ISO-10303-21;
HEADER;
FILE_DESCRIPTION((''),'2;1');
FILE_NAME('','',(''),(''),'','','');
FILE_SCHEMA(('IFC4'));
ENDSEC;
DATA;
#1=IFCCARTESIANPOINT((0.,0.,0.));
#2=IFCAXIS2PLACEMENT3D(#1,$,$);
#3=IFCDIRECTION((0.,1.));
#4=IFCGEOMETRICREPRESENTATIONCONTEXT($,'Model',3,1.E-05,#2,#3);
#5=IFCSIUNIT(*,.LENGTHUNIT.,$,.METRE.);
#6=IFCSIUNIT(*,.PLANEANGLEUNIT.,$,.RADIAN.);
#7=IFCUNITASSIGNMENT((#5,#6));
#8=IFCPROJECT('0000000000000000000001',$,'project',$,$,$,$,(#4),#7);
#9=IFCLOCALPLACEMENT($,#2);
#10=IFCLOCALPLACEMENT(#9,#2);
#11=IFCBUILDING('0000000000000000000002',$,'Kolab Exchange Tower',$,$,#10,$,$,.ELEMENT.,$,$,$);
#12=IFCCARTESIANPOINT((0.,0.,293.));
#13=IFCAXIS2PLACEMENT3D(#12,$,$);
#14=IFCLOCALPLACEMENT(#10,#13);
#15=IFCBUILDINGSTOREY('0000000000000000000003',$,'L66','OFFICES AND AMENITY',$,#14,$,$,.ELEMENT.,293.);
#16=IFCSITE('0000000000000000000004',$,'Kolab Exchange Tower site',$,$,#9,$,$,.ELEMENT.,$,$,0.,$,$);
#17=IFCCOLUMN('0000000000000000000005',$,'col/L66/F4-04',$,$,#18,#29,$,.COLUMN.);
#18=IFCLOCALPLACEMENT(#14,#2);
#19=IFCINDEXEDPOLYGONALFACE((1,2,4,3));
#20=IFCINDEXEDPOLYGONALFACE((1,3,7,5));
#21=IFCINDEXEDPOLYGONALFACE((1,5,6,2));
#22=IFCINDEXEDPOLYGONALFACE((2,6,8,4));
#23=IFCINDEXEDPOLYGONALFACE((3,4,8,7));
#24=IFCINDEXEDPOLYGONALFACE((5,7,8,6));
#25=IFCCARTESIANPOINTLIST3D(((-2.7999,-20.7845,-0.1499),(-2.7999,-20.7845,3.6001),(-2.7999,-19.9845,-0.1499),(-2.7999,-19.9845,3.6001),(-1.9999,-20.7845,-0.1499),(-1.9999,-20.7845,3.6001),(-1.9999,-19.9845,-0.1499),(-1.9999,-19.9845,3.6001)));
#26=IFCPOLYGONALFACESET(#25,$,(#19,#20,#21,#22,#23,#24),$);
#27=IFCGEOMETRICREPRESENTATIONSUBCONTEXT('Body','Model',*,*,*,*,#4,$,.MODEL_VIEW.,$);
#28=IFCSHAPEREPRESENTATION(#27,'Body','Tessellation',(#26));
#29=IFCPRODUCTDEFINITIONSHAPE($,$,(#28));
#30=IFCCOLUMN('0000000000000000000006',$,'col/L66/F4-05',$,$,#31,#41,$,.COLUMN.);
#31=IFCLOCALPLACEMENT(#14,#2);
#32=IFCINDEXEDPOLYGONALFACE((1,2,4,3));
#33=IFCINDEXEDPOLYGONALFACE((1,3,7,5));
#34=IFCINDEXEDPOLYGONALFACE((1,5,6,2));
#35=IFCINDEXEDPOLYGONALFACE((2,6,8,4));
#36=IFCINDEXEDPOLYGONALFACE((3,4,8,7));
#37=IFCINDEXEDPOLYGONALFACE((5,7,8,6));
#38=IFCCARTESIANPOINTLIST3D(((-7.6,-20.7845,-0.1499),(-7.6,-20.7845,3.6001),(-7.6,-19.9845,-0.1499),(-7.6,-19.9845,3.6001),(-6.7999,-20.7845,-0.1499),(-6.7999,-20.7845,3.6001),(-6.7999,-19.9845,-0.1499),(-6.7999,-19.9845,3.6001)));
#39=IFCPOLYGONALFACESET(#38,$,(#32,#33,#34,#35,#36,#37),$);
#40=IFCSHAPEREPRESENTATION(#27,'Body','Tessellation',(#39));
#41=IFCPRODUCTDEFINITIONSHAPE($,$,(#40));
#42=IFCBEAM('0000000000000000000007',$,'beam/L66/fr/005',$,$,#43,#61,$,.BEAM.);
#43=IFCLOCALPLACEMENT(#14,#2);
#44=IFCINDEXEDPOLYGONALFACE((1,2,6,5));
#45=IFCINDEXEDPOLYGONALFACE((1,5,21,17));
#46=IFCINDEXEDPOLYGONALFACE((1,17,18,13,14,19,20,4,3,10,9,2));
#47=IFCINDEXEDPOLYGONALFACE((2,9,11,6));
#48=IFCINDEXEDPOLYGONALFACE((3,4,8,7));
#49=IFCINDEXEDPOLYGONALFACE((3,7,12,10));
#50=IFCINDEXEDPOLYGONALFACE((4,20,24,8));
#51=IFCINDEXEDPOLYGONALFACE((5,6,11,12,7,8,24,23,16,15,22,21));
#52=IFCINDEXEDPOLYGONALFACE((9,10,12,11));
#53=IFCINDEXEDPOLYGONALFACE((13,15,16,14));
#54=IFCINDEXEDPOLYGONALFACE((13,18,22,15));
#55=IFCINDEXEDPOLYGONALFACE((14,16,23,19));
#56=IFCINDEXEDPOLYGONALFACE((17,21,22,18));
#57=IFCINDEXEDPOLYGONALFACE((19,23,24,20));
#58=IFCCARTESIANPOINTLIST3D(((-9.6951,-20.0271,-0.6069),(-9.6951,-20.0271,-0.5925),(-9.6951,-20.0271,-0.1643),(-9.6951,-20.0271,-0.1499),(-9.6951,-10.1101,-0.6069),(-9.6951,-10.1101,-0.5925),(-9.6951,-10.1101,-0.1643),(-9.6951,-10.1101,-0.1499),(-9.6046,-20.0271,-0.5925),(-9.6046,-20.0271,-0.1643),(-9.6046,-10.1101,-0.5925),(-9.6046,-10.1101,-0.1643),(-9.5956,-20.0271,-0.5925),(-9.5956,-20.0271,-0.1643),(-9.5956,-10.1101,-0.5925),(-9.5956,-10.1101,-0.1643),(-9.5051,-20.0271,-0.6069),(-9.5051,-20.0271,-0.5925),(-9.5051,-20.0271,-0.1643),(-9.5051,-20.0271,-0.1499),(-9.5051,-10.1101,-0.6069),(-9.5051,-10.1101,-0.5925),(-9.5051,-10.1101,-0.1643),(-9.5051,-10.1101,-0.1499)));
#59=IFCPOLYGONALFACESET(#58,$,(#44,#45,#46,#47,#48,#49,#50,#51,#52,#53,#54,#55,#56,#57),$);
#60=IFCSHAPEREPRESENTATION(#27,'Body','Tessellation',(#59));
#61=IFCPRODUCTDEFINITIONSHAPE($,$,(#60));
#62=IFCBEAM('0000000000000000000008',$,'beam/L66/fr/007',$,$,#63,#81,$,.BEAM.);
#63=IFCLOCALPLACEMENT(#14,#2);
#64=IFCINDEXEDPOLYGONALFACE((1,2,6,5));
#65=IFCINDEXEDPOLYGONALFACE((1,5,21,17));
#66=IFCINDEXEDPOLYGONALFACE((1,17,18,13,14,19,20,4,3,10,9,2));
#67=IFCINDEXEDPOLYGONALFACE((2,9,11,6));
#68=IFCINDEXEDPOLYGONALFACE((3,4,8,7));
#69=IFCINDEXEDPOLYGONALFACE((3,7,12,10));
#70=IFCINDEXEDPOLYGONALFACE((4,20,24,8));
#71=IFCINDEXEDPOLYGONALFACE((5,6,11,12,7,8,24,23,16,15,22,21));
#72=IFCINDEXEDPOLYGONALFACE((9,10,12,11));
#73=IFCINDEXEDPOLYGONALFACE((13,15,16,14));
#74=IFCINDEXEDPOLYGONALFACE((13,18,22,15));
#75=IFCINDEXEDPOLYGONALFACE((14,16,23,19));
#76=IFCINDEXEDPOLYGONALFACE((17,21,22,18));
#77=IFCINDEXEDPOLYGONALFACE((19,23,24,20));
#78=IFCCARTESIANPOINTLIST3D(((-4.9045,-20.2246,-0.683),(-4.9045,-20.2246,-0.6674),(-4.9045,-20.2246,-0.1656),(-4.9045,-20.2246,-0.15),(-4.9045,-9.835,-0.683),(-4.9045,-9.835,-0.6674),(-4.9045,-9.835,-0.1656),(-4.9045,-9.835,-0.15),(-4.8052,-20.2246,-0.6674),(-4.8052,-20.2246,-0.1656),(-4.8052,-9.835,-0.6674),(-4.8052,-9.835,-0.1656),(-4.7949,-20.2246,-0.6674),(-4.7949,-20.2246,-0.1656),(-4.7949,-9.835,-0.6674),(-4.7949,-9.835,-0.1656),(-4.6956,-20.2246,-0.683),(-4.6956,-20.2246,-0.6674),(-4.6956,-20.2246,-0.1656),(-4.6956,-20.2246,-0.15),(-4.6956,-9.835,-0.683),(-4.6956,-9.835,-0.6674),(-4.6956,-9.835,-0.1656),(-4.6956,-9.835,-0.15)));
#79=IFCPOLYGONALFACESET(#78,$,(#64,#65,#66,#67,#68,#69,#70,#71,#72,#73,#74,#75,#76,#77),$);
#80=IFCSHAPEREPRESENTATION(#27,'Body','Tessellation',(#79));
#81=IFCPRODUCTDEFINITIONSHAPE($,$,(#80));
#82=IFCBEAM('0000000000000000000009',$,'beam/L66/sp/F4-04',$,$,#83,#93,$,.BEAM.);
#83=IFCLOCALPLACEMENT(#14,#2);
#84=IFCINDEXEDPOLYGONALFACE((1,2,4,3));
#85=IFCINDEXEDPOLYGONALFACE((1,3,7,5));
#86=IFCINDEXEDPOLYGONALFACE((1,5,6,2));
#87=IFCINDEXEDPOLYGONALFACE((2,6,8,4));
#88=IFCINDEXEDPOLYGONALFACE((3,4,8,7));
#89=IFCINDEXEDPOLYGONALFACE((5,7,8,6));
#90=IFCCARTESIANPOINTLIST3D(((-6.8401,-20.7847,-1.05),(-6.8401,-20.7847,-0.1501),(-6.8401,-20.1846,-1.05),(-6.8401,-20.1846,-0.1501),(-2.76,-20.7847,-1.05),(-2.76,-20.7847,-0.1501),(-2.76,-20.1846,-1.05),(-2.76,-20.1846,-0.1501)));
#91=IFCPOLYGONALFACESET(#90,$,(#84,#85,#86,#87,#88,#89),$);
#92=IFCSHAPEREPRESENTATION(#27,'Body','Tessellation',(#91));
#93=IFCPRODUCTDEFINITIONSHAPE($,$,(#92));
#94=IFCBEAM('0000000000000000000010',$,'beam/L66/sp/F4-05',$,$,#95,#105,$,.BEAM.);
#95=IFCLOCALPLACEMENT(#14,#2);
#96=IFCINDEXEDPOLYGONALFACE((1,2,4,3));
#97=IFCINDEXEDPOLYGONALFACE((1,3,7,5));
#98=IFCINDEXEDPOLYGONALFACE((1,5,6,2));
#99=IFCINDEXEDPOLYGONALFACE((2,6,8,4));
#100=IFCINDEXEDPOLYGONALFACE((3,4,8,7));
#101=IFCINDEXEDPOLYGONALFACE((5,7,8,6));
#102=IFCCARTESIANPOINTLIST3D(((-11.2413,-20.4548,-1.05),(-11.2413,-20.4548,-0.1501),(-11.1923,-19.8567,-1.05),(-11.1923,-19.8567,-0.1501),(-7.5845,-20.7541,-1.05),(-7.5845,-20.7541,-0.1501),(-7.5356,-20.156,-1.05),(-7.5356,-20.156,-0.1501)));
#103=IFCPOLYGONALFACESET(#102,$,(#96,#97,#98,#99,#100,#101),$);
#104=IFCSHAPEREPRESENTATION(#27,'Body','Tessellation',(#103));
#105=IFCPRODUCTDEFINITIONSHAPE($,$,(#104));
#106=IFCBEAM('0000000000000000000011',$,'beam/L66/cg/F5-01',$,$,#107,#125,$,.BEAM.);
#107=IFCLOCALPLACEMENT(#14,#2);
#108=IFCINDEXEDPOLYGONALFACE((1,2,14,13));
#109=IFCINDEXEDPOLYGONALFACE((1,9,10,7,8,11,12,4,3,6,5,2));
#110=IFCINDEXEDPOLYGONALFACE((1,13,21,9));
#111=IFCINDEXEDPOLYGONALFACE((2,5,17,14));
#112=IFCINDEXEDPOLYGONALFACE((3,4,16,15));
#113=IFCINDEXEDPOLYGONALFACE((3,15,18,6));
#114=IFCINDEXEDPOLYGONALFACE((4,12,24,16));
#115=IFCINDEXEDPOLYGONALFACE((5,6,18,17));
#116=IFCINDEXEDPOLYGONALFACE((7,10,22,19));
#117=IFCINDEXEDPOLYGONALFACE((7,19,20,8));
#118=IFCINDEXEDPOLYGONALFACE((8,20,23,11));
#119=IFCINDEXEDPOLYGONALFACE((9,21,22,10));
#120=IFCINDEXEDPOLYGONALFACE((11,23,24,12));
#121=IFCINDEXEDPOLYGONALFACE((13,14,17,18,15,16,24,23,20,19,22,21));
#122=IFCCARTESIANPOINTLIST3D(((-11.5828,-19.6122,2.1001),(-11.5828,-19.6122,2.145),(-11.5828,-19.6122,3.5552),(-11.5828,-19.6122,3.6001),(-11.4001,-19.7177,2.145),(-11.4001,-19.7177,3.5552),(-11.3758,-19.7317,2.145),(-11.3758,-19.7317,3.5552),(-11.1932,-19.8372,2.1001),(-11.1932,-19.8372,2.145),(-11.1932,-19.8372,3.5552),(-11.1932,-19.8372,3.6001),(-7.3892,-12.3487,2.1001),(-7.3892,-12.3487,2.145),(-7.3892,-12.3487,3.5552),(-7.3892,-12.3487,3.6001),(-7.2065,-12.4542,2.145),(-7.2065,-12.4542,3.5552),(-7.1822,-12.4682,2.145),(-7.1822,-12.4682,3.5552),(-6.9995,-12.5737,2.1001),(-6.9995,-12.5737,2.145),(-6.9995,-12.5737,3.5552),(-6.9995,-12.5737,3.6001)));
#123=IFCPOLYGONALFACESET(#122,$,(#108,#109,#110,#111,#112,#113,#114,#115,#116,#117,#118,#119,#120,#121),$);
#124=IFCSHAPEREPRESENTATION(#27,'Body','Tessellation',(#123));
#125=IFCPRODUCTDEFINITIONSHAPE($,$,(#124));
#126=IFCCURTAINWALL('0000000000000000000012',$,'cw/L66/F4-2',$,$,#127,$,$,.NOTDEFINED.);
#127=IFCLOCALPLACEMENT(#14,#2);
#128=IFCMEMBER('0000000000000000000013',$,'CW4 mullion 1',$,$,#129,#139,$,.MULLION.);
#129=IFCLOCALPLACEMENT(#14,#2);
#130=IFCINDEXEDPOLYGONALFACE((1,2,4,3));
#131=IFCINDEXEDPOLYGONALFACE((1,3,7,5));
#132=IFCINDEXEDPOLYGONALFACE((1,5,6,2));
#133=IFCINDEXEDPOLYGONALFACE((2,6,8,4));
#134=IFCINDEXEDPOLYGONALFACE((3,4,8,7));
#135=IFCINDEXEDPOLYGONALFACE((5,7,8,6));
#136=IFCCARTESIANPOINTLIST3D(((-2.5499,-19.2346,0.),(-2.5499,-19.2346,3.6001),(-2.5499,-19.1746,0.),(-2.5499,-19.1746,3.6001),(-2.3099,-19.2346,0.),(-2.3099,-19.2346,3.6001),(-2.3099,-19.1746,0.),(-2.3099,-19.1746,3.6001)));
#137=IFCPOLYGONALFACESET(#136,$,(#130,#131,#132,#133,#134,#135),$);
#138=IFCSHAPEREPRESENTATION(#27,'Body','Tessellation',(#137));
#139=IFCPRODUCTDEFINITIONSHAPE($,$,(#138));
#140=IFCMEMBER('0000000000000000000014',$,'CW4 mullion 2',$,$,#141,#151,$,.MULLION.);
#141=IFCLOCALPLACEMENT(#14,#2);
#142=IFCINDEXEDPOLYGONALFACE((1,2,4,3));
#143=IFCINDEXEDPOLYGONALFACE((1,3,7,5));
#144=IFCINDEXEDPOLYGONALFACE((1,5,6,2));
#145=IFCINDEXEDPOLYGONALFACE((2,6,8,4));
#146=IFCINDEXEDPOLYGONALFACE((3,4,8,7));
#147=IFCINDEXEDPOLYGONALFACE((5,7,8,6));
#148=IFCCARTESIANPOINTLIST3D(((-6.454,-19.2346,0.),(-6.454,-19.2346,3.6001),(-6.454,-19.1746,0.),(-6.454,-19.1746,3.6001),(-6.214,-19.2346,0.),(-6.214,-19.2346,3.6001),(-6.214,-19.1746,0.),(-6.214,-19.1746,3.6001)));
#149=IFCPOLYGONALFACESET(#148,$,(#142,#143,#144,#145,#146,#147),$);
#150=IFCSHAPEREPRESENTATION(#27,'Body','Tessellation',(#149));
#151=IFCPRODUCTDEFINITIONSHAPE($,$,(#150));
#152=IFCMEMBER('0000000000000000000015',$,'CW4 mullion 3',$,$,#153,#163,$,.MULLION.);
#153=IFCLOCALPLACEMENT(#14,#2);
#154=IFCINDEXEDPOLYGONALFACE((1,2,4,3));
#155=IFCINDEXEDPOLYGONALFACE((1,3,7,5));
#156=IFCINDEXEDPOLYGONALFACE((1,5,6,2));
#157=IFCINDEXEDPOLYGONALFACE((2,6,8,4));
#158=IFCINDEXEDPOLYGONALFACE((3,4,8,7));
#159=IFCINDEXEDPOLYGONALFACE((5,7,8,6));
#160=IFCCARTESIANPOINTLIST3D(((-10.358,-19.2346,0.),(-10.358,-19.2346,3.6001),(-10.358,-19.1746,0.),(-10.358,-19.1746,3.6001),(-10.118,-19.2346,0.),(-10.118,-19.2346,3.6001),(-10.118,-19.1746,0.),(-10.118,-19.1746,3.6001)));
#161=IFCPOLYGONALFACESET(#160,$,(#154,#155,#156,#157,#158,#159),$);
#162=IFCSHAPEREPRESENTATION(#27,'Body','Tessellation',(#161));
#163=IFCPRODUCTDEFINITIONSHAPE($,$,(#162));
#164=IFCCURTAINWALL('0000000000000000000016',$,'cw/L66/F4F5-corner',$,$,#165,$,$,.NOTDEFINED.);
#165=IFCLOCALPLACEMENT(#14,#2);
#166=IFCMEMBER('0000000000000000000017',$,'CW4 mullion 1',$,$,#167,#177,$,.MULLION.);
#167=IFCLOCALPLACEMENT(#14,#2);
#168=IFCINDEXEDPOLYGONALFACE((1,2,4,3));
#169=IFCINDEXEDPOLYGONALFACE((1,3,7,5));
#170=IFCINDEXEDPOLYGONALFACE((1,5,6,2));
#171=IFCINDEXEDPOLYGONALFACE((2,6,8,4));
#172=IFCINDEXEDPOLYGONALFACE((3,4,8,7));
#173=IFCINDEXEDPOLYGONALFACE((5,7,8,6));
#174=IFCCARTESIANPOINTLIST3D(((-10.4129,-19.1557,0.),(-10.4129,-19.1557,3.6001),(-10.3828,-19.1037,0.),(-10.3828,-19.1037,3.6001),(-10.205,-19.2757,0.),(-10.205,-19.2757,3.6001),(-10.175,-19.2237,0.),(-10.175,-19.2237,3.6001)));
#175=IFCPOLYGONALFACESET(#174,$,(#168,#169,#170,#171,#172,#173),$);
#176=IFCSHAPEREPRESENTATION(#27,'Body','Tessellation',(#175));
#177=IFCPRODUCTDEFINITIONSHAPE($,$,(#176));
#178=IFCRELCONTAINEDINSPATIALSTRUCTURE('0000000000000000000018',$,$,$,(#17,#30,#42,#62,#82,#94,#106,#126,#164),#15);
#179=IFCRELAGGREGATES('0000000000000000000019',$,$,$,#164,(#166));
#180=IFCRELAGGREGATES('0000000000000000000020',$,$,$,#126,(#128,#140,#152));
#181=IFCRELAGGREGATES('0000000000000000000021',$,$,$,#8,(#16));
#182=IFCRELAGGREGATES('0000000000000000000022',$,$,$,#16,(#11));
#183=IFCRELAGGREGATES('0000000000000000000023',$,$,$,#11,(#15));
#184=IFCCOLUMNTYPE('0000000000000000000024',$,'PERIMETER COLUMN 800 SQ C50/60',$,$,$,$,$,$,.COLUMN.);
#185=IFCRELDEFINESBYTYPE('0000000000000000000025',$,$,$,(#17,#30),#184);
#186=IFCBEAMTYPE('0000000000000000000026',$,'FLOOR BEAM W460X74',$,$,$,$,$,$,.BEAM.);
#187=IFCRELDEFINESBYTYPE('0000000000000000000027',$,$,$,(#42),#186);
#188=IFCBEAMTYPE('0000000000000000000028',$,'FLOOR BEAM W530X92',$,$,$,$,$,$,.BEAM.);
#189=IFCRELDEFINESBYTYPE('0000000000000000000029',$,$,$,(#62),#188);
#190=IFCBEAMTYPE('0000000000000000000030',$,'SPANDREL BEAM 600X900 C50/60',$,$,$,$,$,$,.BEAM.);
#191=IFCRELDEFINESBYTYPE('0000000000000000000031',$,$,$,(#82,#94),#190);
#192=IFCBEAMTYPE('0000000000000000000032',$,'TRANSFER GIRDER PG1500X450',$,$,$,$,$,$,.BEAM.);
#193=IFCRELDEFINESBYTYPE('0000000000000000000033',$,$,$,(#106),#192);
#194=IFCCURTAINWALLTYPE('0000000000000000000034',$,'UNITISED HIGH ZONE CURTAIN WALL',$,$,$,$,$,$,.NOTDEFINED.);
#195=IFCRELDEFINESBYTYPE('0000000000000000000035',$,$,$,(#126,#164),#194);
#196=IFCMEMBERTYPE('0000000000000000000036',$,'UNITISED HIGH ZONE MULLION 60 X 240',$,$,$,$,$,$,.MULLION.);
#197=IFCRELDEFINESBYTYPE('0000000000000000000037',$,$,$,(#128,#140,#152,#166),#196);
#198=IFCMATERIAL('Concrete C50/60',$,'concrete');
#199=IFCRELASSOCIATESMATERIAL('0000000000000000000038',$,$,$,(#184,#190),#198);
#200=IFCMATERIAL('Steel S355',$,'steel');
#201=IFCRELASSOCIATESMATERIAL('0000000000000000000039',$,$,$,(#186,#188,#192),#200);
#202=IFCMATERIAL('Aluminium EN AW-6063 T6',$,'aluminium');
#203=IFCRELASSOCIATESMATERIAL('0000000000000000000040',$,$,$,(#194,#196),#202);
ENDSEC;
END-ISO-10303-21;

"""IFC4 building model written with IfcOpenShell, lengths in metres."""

from ifc_helpers import new_model, si_unit, direction, frame, origin, origin_2d, place, context, subcontext, project, spatial, rectangle, i_section, extrude, material, material_profile, profile_set, type_object, element, aggregate, save


model = new_model("IFC4")

# Units and contexts
model_context = context("Model", 3, precision=1e-05, world=origin(), true_north=direction((0.0, 1.0)))
body_context = subcontext(model_context, "Body", "Model", "MODEL_VIEW")
ifc_project = project(units=[si_unit("LENGTHUNIT", "METRE"), si_unit("PLANEANGLEUNIT", "RADIAN")], contexts=[model_context])

# Site, building, storey
site_placement = place(None, origin())
site = spatial("IfcSite", under=ifc_project, at=site_placement, Name="Kolab Exchange Tower site", CompositionType="ELEMENT", RefElevation=0.0)
building_placement = place(site_placement, origin())
building = spatial("IfcBuilding", under=site, at=building_placement, Name="Kolab Exchange Tower", CompositionType="ELEMENT")
storey_placement = place(building_placement, frame((0.0, 0.0, 293.0)))
storey = spatial("IfcBuildingStorey", under=building, at=storey_placement, Name="L66", Description="OFFICES AND AMENITY", CompositionType="ELEMENT", Elevation=293.0)

# Columns
ifc_material_1 = material(Name="Concrete C50/60", Category="concrete")
ifc_material_profile_1 = material_profile(ifc_material_1, rectangle(XDim=0.8, YDim=0.8, at=origin_2d()), Name="RC800")
ifc_profile_set_1 = profile_set([ifc_material_profile_1], Name="Concrete C50/60")
column_type = type_object("IfcColumnType", Name="PERIMETER COLUMN 800 SQ C50/60", PredefinedType="COLUMN", material=ifc_profile_set_1)
for number, where, z_axis, x_axis, name in (
    (1, (-2.3999, -20.3845, -0.1499), (0.0, 0.0, 1.0), (1.0, 0.0, 0.0), "col/L66/F4-04"),
    (2, (-7.2, -20.3845, -0.1499), (0.0, 0.0, 1.0), (1.0, 0.0, 0.0), "col/L66/F4-05"),
):
    element("IfcColumn", number, at=place(storey_placement, frame(where, z_axis=z_axis, x_axis=x_axis)), inside=storey, type_object=column_type, Name=name, PredefinedType="COLUMN", context=body_context, shape_type="SweptSolid", body=[
        extrude(rectangle(XDim=0.8, YDim=0.8, at=origin_2d()), origin(), (0.0, 0.0, 1.0), 3.75),
    ])

# Beams
ifc_material_2 = material(Name="Steel S355", Category="steel")
ifc_material_profile_2 = material_profile(ifc_material_2, i_section(OverallWidth=0.1899, OverallDepth=0.457, WebThickness=0.009, FlangeThickness=0.0144, at=origin_2d()), Name="W460X74")
ifc_profile_set_2 = profile_set([ifc_material_profile_2], Name="Steel S355")
beam_type_1 = type_object("IfcBeamType", Name="FLOOR BEAM W460X74", PredefinedType="BEAM", material=ifc_profile_set_2)
beam_1_placement = place(storey_placement, frame((-9.6001, -20.0271, -0.3784), z_axis=(0.0, 1.0, 0.0), x_axis=(-1.0, 0.0, 0.0)))
element("IfcBeam", 3, at=beam_1_placement, inside=storey, type_object=beam_type_1, Name="beam/L66/fr/005", PredefinedType="BEAM", context=body_context, shape_type="SweptSolid", body=[
    extrude(i_section(OverallWidth=0.1899, OverallDepth=0.457, WebThickness=0.009, FlangeThickness=0.0144, at=origin_2d()), origin(), (0.0, 0.0, 1.0), 9.917),
])
ifc_material_profile_3 = material_profile(ifc_material_2, i_section(OverallWidth=0.209, OverallDepth=0.533, WebThickness=0.0103, FlangeThickness=0.0156, at=origin_2d()), Name="W530X92")
ifc_profile_set_3 = profile_set([ifc_material_profile_3], Name="Steel S355")
beam_type_2 = type_object("IfcBeamType", Name="FLOOR BEAM W530X92", PredefinedType="BEAM", material=ifc_profile_set_3)
beam_2_placement = place(storey_placement, frame((-4.8, -20.2246, -0.4165), z_axis=(0.0, 1.0, 0.0), x_axis=(-1.0, 0.0, 0.0)))
element("IfcBeam", 4, at=beam_2_placement, inside=storey, type_object=beam_type_2, Name="beam/L66/fr/007", PredefinedType="BEAM", context=body_context, shape_type="SweptSolid", body=[
    extrude(i_section(OverallWidth=0.209, OverallDepth=0.533, WebThickness=0.0103, FlangeThickness=0.0156, at=origin_2d()), origin(), (0.0, 0.0, 1.0), 10.3896),
])
ifc_material_profile_4 = material_profile(ifc_material_1, rectangle(XDim=0.6001, YDim=0.8999, at=origin_2d()), Name="RC600X900")
ifc_profile_set_4 = profile_set([ifc_material_profile_4], Name="Concrete C50/60")
beam_type_3 = type_object("IfcBeamType", Name="SPANDREL BEAM 600X900 C50/60", PredefinedType="BEAM", material=ifc_profile_set_4)
beam_3_placement = place(storey_placement, frame((-2.76, -20.4846, -0.6001), z_axis=(-1.0, 0.0, 0.0), x_axis=(0.0, -1.0, 0.0)))
element("IfcBeam", 5, at=beam_3_placement, inside=storey, type_object=beam_type_3, Name="beam/L66/sp/F4-04", PredefinedType="BEAM", context=body_context, shape_type="SweptSolid", body=[
    extrude(rectangle(XDim=0.6001, YDim=0.8999, at=origin_2d()), origin(), (0.0, 0.0, 1.0), 4.0801),
])
beam_4_placement = place(storey_placement, frame((-7.5601, -20.4551, -0.6001), z_axis=(-0.996667, 0.081581, 0.0), x_axis=(-0.081581, -0.996667, 0.0)))
element("IfcBeam", 6, at=beam_4_placement, inside=storey, type_object=beam_type_3, Name="beam/L66/sp/F4-05", PredefinedType="BEAM", context=body_context, shape_type="SweptSolid", body=[
    extrude(rectangle(XDim=0.6001, YDim=0.8999, at=origin_2d()), origin(), (0.0, 0.0, 1.0), 3.6689),
])
ifc_material_profile_5 = material_profile(ifc_material_2, i_section(OverallWidth=0.45, OverallDepth=1.5, WebThickness=0.0281, FlangeThickness=0.0449, at=origin_2d()), Name="PG1500X450")
ifc_profile_set_5 = profile_set([ifc_material_profile_5], Name="Steel S355")
beam_type_4 = type_object("IfcBeamType", Name="TRANSFER GIRDER PG1500X450", PredefinedType="BEAM", material=ifc_profile_set_5)
beam_5_placement = place(storey_placement, frame((-7.1943, -12.4612, 2.8501), z_axis=(-0.500006, -0.866022, 0.0), x_axis=(0.866022, -0.500006, 0.0)))
element("IfcBeam", 7, at=beam_5_placement, inside=storey, type_object=beam_type_4, Name="beam/L66/cg/F5-01", PredefinedType="BEAM", context=body_context, shape_type="SweptSolid", body=[
    extrude(i_section(OverallWidth=0.45, OverallDepth=1.5, WebThickness=0.0281, FlangeThickness=0.0449, at=origin_2d()), origin(), (0.0, 0.0, 1.0), 8.3872),
])

# Curtain wall, members
ifc_material_3 = material(Name="Aluminium EN AW-6063 T6", Category="aluminium")
curtain_wall_type = type_object("IfcCurtainWallType", Name="UNITISED HIGH ZONE CURTAIN WALL", PredefinedType="NOTDEFINED", material=ifc_material_3)
curtain_wall_1_placement = place(storey_placement, origin())
curtain_wall_1 = element("IfcCurtainWall", 8, at=curtain_wall_1_placement, inside=storey, type_object=curtain_wall_type, Name="cw/L66/F4-2", PredefinedType="NOTDEFINED")
ifc_material_profile_6 = material_profile(ifc_material_3, rectangle(XDim=0.0601, YDim=0.24, at=origin_2d()), Name="RECT 60X240")
ifc_profile_set_6 = profile_set([ifc_material_profile_6], Name="Aluminium EN AW-6063 T6")
member_type_1 = type_object("IfcMemberType", Name="UNITISED HIGH ZONE MULLION 60 X 240", PredefinedType="MULLION", material=ifc_profile_set_6)
member_1_placement = place(storey_placement, frame((-2.4299, -19.2046, 0.0), z_axis=(0.0, 0.0, 1.0), x_axis=(0.0, -1.0, 0.0)))
member_1 = element("IfcMember", 9, at=member_1_placement, type_object=member_type_1, Name="CW4 mullion 1", PredefinedType="MULLION", context=body_context, shape_type="SweptSolid", body=[
    extrude(rectangle(XDim=0.0601, YDim=0.24, at=origin_2d()), origin(), (0.0, 0.0, 1.0), 3.6001),
])
member_2_placement = place(storey_placement, frame((-6.334, -19.2046, 0.0), z_axis=(0.0, 0.0, 1.0), x_axis=(0.0, -1.0, 0.0)))
member_2 = element("IfcMember", 10, at=member_2_placement, type_object=member_type_1, Name="CW4 mullion 2", PredefinedType="MULLION", context=body_context, shape_type="SweptSolid", body=[
    extrude(rectangle(XDim=0.0601, YDim=0.24, at=origin_2d()), origin(), (0.0, 0.0, 1.0), 3.6001),
])
member_3_placement = place(storey_placement, frame((-10.238, -19.2046, 0.0), z_axis=(0.0, 0.0, 1.0), x_axis=(0.0, -1.0, 0.0)))
member_3 = element("IfcMember", 11, at=member_3_placement, type_object=member_type_1, Name="CW4 mullion 3", PredefinedType="MULLION", context=body_context, shape_type="SweptSolid", body=[
    extrude(rectangle(XDim=0.0601, YDim=0.24, at=origin_2d()), origin(), (0.0, 0.0, 1.0), 3.6001),
])

# Curtain wall, member
curtain_wall_2_placement = place(storey_placement, origin())
curtain_wall_2 = element("IfcCurtainWall", 12, at=curtain_wall_2_placement, inside=storey, type_object=curtain_wall_type, Name="cw/L66/F4F5-corner", PredefinedType="NOTDEFINED")
member_4_placement = place(storey_placement, frame((-10.2939, -19.1897, 0.0), z_axis=(0.0, 0.0, 1.0), x_axis=(-0.5, -0.866025, 0.0)))
member_4 = element("IfcMember", 13, at=member_4_placement, type_object=member_type_1, Name="CW4 mullion 1", PredefinedType="MULLION", context=body_context, shape_type="SweptSolid", body=[
    extrude(rectangle(XDim=0.0601, YDim=0.24, at=origin_2d()), origin(), (0.0, 0.0, 1.0), 3.6001),
])
aggregate(curtain_wall_2, [member_4])

aggregate(curtain_wall_1, [member_1, member_2, member_3])

save(model, "model.ifc")
